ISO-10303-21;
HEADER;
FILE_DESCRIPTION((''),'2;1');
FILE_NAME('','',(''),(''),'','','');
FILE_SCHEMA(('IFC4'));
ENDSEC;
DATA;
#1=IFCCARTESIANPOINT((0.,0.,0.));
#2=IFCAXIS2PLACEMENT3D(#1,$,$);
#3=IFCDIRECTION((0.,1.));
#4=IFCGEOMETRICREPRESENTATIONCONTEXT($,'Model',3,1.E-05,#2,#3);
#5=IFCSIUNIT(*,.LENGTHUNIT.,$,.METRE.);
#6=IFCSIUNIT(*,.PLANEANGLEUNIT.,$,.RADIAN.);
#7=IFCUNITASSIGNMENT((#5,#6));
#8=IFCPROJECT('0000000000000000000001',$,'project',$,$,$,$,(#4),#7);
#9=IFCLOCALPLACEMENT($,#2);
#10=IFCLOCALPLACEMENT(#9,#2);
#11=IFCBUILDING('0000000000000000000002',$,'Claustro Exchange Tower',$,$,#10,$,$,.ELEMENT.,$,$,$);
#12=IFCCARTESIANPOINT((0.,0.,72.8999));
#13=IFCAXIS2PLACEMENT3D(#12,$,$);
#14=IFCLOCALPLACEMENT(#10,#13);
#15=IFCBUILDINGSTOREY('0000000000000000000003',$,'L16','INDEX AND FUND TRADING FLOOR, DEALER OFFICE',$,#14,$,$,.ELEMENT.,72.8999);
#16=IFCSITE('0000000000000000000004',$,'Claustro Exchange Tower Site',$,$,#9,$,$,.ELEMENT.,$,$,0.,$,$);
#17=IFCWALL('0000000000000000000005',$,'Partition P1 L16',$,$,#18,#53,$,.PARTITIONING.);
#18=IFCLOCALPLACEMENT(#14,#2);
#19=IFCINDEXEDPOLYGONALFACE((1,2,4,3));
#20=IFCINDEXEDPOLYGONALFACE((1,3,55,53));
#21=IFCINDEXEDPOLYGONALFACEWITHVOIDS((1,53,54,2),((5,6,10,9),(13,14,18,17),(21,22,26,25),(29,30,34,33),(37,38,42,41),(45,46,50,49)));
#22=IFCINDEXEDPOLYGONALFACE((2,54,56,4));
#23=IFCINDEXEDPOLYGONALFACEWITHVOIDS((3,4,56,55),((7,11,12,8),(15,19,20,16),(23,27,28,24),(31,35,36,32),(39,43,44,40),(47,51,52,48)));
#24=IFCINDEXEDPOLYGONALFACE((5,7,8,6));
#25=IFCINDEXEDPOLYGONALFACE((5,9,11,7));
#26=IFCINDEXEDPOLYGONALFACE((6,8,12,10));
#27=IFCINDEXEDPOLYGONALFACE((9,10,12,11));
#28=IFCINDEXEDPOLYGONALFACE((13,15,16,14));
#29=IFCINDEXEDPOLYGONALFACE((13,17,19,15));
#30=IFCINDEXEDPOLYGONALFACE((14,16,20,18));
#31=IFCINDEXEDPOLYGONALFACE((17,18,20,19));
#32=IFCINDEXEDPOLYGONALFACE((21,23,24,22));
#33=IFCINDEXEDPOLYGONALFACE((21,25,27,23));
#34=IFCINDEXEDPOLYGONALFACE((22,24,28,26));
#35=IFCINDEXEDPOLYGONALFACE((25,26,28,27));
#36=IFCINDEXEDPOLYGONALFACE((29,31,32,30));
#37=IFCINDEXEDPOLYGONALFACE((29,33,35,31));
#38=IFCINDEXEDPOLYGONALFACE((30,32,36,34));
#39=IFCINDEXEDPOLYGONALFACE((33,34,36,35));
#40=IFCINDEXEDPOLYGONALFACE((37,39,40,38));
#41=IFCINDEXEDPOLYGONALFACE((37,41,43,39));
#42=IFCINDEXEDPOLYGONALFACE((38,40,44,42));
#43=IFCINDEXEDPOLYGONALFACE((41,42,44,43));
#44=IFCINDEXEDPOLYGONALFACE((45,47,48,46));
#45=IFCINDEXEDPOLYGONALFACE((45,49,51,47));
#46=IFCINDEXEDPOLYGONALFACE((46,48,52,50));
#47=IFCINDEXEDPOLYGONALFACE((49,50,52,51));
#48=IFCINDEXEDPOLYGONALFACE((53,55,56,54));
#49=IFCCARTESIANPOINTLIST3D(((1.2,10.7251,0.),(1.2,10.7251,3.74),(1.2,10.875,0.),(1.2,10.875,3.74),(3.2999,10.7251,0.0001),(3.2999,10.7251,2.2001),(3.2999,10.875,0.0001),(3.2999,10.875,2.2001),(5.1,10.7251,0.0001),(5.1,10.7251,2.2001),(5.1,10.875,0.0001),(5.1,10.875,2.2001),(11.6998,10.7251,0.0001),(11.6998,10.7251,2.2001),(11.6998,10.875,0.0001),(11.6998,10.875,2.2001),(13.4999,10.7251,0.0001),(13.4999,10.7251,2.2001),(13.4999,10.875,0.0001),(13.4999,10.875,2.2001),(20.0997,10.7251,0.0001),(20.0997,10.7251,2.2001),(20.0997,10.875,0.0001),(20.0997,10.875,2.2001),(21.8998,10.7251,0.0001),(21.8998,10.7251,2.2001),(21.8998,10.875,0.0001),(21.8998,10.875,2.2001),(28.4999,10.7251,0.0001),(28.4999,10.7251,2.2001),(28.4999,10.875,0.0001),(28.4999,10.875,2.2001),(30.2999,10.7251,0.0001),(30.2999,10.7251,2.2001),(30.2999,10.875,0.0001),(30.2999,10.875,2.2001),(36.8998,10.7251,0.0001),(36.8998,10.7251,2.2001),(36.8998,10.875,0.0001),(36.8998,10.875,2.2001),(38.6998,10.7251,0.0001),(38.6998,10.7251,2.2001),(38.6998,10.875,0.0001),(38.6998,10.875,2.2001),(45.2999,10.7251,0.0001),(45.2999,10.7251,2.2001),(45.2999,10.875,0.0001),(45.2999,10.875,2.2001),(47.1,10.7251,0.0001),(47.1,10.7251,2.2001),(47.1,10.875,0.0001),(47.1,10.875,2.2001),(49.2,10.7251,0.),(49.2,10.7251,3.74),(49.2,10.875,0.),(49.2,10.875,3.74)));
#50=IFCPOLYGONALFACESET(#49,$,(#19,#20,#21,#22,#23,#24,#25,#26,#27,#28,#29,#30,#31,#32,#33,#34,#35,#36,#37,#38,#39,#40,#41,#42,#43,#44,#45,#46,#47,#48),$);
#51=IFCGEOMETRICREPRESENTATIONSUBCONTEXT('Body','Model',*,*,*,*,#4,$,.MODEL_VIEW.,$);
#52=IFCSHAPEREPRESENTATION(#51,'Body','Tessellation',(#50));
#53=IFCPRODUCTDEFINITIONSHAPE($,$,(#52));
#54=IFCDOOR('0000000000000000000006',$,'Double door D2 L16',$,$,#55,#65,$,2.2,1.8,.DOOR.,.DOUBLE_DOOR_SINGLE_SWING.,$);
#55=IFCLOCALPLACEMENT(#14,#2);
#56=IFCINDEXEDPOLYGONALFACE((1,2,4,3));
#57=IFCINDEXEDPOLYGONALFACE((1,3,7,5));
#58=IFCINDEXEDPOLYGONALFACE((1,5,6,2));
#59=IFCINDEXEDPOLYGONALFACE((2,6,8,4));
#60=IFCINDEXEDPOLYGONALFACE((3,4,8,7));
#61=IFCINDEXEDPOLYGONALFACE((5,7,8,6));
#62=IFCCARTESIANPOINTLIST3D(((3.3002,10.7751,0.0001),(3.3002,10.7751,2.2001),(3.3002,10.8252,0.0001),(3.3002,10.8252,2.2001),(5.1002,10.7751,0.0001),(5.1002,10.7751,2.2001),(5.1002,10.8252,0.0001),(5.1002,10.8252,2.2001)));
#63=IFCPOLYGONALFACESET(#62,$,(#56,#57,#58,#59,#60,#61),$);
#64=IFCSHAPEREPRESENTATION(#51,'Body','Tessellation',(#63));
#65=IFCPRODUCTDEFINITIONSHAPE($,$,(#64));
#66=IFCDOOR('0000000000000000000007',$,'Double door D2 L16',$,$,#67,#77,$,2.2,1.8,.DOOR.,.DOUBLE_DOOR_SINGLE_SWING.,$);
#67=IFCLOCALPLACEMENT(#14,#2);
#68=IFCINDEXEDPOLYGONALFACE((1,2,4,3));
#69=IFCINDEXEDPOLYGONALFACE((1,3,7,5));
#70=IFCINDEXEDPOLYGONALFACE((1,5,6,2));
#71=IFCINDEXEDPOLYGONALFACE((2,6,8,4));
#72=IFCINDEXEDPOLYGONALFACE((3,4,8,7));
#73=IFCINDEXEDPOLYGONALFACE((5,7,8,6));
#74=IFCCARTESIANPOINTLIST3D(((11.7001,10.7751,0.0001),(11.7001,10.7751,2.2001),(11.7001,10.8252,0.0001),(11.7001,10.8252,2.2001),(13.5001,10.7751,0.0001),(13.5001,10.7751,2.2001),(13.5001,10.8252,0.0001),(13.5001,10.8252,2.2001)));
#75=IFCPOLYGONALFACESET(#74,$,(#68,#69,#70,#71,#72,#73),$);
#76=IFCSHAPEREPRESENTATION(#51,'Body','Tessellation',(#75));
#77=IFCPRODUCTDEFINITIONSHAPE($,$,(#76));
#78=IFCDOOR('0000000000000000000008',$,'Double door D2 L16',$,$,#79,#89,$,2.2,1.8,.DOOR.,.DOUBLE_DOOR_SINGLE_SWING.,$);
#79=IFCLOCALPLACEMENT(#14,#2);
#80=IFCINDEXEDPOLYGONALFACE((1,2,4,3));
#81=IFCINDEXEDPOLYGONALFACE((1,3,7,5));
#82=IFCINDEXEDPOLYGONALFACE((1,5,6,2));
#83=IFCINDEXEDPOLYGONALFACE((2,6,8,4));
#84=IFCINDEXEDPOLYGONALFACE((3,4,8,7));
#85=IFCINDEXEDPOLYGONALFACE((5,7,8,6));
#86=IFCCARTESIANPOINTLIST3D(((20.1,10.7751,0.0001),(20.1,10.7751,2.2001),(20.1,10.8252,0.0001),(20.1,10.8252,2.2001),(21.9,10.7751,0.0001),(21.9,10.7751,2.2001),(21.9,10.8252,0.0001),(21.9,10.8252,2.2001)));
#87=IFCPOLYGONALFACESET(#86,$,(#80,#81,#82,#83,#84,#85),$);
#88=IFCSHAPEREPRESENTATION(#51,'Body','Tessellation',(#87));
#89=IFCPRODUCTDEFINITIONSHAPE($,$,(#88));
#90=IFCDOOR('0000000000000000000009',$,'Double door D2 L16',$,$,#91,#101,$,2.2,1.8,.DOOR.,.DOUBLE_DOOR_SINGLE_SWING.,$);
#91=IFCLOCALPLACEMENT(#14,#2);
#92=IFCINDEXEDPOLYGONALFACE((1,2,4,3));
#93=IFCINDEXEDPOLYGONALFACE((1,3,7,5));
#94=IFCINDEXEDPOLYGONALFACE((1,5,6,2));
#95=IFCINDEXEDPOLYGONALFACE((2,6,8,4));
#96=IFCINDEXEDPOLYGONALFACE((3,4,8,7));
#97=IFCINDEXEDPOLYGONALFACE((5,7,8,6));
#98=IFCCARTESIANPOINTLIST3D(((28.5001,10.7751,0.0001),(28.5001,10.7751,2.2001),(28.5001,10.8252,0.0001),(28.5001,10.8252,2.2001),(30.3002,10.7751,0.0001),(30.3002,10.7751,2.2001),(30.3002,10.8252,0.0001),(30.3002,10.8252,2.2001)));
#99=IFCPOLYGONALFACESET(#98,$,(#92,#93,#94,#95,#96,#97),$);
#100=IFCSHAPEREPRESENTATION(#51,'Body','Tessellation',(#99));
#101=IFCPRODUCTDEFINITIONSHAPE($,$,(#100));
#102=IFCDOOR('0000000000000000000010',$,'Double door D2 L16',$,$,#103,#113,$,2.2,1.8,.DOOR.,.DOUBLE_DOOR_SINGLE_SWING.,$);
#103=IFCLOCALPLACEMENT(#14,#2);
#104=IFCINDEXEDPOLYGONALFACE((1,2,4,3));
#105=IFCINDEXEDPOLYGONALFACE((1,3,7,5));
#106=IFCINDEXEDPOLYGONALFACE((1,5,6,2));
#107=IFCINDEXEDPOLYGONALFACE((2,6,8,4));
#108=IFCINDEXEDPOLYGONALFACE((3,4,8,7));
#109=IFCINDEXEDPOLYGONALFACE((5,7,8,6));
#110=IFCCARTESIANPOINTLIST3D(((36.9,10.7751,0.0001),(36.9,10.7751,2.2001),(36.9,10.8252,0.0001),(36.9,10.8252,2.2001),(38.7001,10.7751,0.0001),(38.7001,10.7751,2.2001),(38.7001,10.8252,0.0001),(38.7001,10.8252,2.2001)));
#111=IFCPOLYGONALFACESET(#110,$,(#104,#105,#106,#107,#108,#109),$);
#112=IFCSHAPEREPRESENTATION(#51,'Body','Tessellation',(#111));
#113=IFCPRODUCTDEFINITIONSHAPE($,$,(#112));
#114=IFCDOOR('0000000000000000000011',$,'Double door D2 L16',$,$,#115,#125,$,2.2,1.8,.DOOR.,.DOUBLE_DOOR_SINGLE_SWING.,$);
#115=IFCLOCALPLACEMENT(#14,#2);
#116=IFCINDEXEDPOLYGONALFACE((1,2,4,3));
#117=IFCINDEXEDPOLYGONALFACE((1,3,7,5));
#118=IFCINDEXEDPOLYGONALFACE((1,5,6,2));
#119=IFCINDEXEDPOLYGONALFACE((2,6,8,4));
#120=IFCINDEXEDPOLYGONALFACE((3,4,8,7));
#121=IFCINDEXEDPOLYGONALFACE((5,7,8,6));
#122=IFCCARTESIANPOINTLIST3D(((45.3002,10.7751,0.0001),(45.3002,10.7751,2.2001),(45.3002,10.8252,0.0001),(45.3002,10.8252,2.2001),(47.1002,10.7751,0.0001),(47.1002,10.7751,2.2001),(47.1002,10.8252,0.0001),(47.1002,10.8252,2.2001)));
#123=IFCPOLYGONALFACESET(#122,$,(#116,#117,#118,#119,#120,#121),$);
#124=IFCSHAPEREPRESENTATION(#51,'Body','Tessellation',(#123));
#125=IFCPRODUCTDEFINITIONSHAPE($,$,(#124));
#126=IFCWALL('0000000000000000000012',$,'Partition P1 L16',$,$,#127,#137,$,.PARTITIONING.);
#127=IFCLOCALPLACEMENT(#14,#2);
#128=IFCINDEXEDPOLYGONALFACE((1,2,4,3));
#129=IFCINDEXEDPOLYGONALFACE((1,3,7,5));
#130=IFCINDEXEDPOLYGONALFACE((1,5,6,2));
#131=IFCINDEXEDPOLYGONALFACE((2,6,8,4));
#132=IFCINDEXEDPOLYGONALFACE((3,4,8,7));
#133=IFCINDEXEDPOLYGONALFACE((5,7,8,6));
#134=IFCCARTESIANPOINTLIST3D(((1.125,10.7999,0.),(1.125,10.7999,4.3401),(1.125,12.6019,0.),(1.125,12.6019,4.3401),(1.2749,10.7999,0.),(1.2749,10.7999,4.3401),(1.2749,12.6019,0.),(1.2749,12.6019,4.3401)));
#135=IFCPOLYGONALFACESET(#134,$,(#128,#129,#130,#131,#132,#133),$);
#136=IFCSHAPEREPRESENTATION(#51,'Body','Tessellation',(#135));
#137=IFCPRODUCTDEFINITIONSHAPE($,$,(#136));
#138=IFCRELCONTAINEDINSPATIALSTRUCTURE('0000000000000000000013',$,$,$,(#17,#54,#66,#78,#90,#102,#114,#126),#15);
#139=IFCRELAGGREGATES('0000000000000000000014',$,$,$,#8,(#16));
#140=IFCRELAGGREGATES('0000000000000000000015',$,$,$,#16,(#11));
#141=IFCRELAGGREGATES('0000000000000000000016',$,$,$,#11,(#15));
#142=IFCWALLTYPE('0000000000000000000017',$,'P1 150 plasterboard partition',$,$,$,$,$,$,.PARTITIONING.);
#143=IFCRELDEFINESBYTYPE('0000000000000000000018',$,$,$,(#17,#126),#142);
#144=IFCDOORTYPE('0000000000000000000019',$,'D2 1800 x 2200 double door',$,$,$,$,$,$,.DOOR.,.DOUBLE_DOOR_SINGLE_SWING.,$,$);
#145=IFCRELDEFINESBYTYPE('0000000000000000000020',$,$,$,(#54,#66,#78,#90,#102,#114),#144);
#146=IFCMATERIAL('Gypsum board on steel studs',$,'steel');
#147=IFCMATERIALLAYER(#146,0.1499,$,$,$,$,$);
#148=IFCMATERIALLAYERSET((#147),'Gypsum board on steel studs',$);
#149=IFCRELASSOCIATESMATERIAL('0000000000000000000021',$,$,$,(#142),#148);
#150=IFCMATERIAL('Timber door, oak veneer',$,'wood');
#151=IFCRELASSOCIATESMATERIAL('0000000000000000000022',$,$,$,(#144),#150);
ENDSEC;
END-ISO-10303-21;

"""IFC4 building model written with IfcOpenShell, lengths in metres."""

from ifc_helpers import new_model, si_unit, direction, frame, frame_2d, origin, place, context, subcontext, project, spatial, rectangle, extrude, material, layer, layer_set, type_object, element, fill, save


model = new_model("IFC4")

# Units and contexts
model_context = context("Model", 3, precision=1e-05, world=origin(), true_north=direction((0.0, 1.0)))
body_context = subcontext(model_context, "Body", "Model", "MODEL_VIEW")
ifc_project = project(units=[si_unit("LENGTHUNIT", "METRE"), si_unit("PLANEANGLEUNIT", "RADIAN")], contexts=[model_context])

# Site, building, storey
site_placement = place(None, origin())
site = spatial("IfcSite", under=ifc_project, at=site_placement, Name="Claustro Exchange Tower Site", CompositionType="ELEMENT", RefElevation=0.0)
building_placement = place(site_placement, origin())
building = spatial("IfcBuilding", under=site, at=building_placement, Name="Claustro Exchange Tower", CompositionType="ELEMENT")
storey_placement = place(building_placement, frame((0.0, 0.0, 72.8999)))
storey = spatial("IfcBuildingStorey", under=building, at=storey_placement, Name="L16", Description="INDEX AND FUND TRADING FLOOR, DEALER OFFICE", CompositionType="ELEMENT", Elevation=72.8999)

# Shared definitions
ifc_material_1 = material(Name="Gypsum board on steel studs", Category="steel")
ifc_layer_1 = layer(ifc_material_1, 0.1499)
ifc_layer_set_1 = layer_set([ifc_layer_1], Name="Gypsum board on steel studs")
wall_type_1 = type_object("IfcWallType", Name="P1 150 plasterboard partition", PredefinedType="PARTITIONING", material=ifc_layer_set_1)
ifc_material_2 = material(Name="Timber door, oak veneer", Category="wood")
door_type_1 = type_object("IfcDoorType", Name="D2 1800 x 2200 double door", OperationType="DOUBLE_DOOR_SINGLE_SWING", PredefinedType="DOOR", material=ifc_material_2)

# Wall, openings, doors
wall_1_placement = place(storey_placement, frame((1.2, 10.8, 0.0), z_axis=(0.0, 0.0, 1.0), x_axis=(1.0, 0.0, 0.0)))
wall_1 = element("IfcWall", 1, at=wall_1_placement, inside=storey, type_object=wall_type_1, Name="Partition P1 L16", PredefinedType="PARTITIONING", context=body_context, shape_type="SweptSolid", body=[
    extrude(rectangle(XDim=48.0, YDim=0.1499, at=frame_2d((24.0, 0.0))), origin(), (0.0, 0.0, 1.0), 3.74),
])
opening_1_placement = place(wall_1_placement, frame((2.1001, 0.0, 0.0)))
opening_1 = element("IfcOpeningElement", 2, at=opening_1_placement, cuts=wall_1, PredefinedType="OPENING", context=body_context, shape_type="SweptSolid", body=[
    extrude(rectangle(XDim=1.8, YDim=2.2, at=frame_2d((0.8999, 1.1001))), frame((0.0, 0.085, 0.0), z_axis=(0.0, -1.0, 0.0), x_axis=(1.0, 0.0, 0.0)), (0.0, 0.0, 1.0), 0.1699),
])
opening_2_placement = place(wall_1_placement, frame((10.5, 0.0, 0.0)))
opening_2 = element("IfcOpeningElement", 3, at=opening_2_placement, cuts=wall_1, PredefinedType="OPENING", context=body_context, shape_type="SweptSolid", body=[
    extrude(rectangle(XDim=1.8, YDim=2.2, at=frame_2d((0.8999, 1.1001))), frame((0.0, 0.085, 0.0), z_axis=(0.0, -1.0, 0.0), x_axis=(1.0, 0.0, 0.0)), (0.0, 0.0, 1.0), 0.1699),
])
opening_3_placement = place(wall_1_placement, frame((18.8999, 0.0, 0.0)))
opening_3 = element("IfcOpeningElement", 4, at=opening_3_placement, cuts=wall_1, PredefinedType="OPENING", context=body_context, shape_type="SweptSolid", body=[
    extrude(rectangle(XDim=1.8, YDim=2.2, at=frame_2d((0.8999, 1.1001))), frame((0.0, 0.085, 0.0), z_axis=(0.0, -1.0, 0.0), x_axis=(1.0, 0.0, 0.0)), (0.0, 0.0, 1.0), 0.1699),
])
opening_4_placement = place(wall_1_placement, frame((27.3, 0.0, 0.0)))
opening_4 = element("IfcOpeningElement", 5, at=opening_4_placement, cuts=wall_1, PredefinedType="OPENING", context=body_context, shape_type="SweptSolid", body=[
    extrude(rectangle(XDim=1.8, YDim=2.2, at=frame_2d((0.8999, 1.1001))), frame((0.0, 0.085, 0.0), z_axis=(0.0, -1.0, 0.0), x_axis=(1.0, 0.0, 0.0)), (0.0, 0.0, 1.0), 0.1699),
])
opening_5_placement = place(wall_1_placement, frame((35.7, 0.0, 0.0)))
opening_5 = element("IfcOpeningElement", 6, at=opening_5_placement, cuts=wall_1, PredefinedType="OPENING", context=body_context, shape_type="SweptSolid", body=[
    extrude(rectangle(XDim=1.8, YDim=2.2, at=frame_2d((0.8999, 1.1001))), frame((0.0, 0.085, 0.0), z_axis=(0.0, -1.0, 0.0), x_axis=(1.0, 0.0, 0.0)), (0.0, 0.0, 1.0), 0.1699),
])
opening_6_placement = place(wall_1_placement, frame((44.1001, 0.0, 0.0)))
opening_6 = element("IfcOpeningElement", 7, at=opening_6_placement, cuts=wall_1, PredefinedType="OPENING", context=body_context, shape_type="SweptSolid", body=[
    extrude(rectangle(XDim=1.8, YDim=2.2, at=frame_2d((0.8999, 1.1001))), frame((0.0, 0.085, 0.0), z_axis=(0.0, -1.0, 0.0), x_axis=(1.0, 0.0, 0.0)), (0.0, 0.0, 1.0), 0.1699),
])
door_1_placement = place(opening_1_placement, frame((1.8, 0.0, 0.0), z_axis=(0.0, 0.0, 1.0), x_axis=(-1.0, 0.0, 0.0)))
door_1 = element("IfcDoor", 8, at=door_1_placement, inside=storey, type_object=door_type_1, Name="Double door D2 L16", OperationType="DOUBLE_DOOR_SINGLE_SWING", OverallHeight=2.2, OverallWidth=1.8, PredefinedType="DOOR", context=body_context, shape_type="SweptSolid", body=[
    extrude(rectangle(XDim=1.8, YDim=2.2, at=frame_2d((0.8999, 1.1001))), frame((0.0, 0.0249, 0.0), z_axis=(0.0, -1.0, 0.0), x_axis=(1.0, 0.0, 0.0)), (0.0, 0.0, 1.0), 0.05),
])
fill(opening_1, door_1)
door_2_placement = place(opening_2_placement, frame((1.8, 0.0, 0.0), z_axis=(0.0, 0.0, 1.0), x_axis=(-1.0, 0.0, 0.0)))
door_2 = element("IfcDoor", 9, at=door_2_placement, inside=storey, type_object=door_type_1, Name="Double door D2 L16", OperationType="DOUBLE_DOOR_SINGLE_SWING", OverallHeight=2.2, OverallWidth=1.8, PredefinedType="DOOR", context=body_context, shape_type="SweptSolid", body=[
    extrude(rectangle(XDim=1.8, YDim=2.2, at=frame_2d((0.8999, 1.1001))), frame((0.0, 0.0249, 0.0), z_axis=(0.0, -1.0, 0.0), x_axis=(1.0, 0.0, 0.0)), (0.0, 0.0, 1.0), 0.05),
])
fill(opening_2, door_2)
door_3_placement = place(opening_3_placement, frame((1.8, 0.0, 0.0), z_axis=(0.0, 0.0, 1.0), x_axis=(-1.0, 0.0, 0.0)))
door_3 = element("IfcDoor", 10, at=door_3_placement, inside=storey, type_object=door_type_1, Name="Double door D2 L16", OperationType="DOUBLE_DOOR_SINGLE_SWING", OverallHeight=2.2, OverallWidth=1.8, PredefinedType="DOOR", context=body_context, shape_type="SweptSolid", body=[
    extrude(rectangle(XDim=1.8, YDim=2.2, at=frame_2d((0.8999, 1.1001))), frame((0.0, 0.0249, 0.0), z_axis=(0.0, -1.0, 0.0), x_axis=(1.0, 0.0, 0.0)), (0.0, 0.0, 1.0), 0.05),
])
fill(opening_3, door_3)
door_4_placement = place(opening_4_placement, frame((1.8, 0.0, 0.0), z_axis=(0.0, 0.0, 1.0), x_axis=(-1.0, 0.0, 0.0)))
door_4 = element("IfcDoor", 11, at=door_4_placement, inside=storey, type_object=door_type_1, Name="Double door D2 L16", OperationType="DOUBLE_DOOR_SINGLE_SWING", OverallHeight=2.2, OverallWidth=1.8, PredefinedType="DOOR", context=body_context, shape_type="SweptSolid", body=[
    extrude(rectangle(XDim=1.8, YDim=2.2, at=frame_2d((0.8999, 1.1001))), frame((0.0, 0.0249, 0.0), z_axis=(0.0, -1.0, 0.0), x_axis=(1.0, 0.0, 0.0)), (0.0, 0.0, 1.0), 0.05),
])
fill(opening_4, door_4)
door_5_placement = place(opening_5_placement, frame((1.8, 0.0, 0.0), z_axis=(0.0, 0.0, 1.0), x_axis=(-1.0, 0.0, 0.0)))
door_5 = element("IfcDoor", 12, at=door_5_placement, inside=storey, type_object=door_type_1, Name="Double door D2 L16", OperationType="DOUBLE_DOOR_SINGLE_SWING", OverallHeight=2.2, OverallWidth=1.8, PredefinedType="DOOR", context=body_context, shape_type="SweptSolid", body=[
    extrude(rectangle(XDim=1.8, YDim=2.2, at=frame_2d((0.8999, 1.1001))), frame((0.0, 0.0249, 0.0), z_axis=(0.0, -1.0, 0.0), x_axis=(1.0, 0.0, 0.0)), (0.0, 0.0, 1.0), 0.05),
])
fill(opening_5, door_5)
door_6_placement = place(opening_6_placement, frame((1.8, 0.0, 0.0), z_axis=(0.0, 0.0, 1.0), x_axis=(-1.0, 0.0, 0.0)))
door_6 = element("IfcDoor", 13, at=door_6_placement, inside=storey, type_object=door_type_1, Name="Double door D2 L16", OperationType="DOUBLE_DOOR_SINGLE_SWING", OverallHeight=2.2, OverallWidth=1.8, PredefinedType="DOOR", context=body_context, shape_type="SweptSolid", body=[
    extrude(rectangle(XDim=1.8, YDim=2.2, at=frame_2d((0.8999, 1.1001))), frame((0.0, 0.0249, 0.0), z_axis=(0.0, -1.0, 0.0), x_axis=(1.0, 0.0, 0.0)), (0.0, 0.0, 1.0), 0.05),
])
fill(opening_6, door_6)

# Wall
wall_2_placement = place(storey_placement, frame((1.2, 10.8, 0.0), z_axis=(0.0, 0.0, 1.0), x_axis=(0.0, 1.0, 0.0)))
element("IfcWall", 14, at=wall_2_placement, inside=storey, type_object=wall_type_1, Name="Partition P1 L16", PredefinedType="PARTITIONING", context=body_context, shape_type="SweptSolid", body=[
    extrude(rectangle(XDim=1.802, YDim=0.1499, at=frame_2d((0.9009, 0.0))), origin(), (0.0, 0.0, 1.0), 4.3401),
])

save(model, "model.ifc")
